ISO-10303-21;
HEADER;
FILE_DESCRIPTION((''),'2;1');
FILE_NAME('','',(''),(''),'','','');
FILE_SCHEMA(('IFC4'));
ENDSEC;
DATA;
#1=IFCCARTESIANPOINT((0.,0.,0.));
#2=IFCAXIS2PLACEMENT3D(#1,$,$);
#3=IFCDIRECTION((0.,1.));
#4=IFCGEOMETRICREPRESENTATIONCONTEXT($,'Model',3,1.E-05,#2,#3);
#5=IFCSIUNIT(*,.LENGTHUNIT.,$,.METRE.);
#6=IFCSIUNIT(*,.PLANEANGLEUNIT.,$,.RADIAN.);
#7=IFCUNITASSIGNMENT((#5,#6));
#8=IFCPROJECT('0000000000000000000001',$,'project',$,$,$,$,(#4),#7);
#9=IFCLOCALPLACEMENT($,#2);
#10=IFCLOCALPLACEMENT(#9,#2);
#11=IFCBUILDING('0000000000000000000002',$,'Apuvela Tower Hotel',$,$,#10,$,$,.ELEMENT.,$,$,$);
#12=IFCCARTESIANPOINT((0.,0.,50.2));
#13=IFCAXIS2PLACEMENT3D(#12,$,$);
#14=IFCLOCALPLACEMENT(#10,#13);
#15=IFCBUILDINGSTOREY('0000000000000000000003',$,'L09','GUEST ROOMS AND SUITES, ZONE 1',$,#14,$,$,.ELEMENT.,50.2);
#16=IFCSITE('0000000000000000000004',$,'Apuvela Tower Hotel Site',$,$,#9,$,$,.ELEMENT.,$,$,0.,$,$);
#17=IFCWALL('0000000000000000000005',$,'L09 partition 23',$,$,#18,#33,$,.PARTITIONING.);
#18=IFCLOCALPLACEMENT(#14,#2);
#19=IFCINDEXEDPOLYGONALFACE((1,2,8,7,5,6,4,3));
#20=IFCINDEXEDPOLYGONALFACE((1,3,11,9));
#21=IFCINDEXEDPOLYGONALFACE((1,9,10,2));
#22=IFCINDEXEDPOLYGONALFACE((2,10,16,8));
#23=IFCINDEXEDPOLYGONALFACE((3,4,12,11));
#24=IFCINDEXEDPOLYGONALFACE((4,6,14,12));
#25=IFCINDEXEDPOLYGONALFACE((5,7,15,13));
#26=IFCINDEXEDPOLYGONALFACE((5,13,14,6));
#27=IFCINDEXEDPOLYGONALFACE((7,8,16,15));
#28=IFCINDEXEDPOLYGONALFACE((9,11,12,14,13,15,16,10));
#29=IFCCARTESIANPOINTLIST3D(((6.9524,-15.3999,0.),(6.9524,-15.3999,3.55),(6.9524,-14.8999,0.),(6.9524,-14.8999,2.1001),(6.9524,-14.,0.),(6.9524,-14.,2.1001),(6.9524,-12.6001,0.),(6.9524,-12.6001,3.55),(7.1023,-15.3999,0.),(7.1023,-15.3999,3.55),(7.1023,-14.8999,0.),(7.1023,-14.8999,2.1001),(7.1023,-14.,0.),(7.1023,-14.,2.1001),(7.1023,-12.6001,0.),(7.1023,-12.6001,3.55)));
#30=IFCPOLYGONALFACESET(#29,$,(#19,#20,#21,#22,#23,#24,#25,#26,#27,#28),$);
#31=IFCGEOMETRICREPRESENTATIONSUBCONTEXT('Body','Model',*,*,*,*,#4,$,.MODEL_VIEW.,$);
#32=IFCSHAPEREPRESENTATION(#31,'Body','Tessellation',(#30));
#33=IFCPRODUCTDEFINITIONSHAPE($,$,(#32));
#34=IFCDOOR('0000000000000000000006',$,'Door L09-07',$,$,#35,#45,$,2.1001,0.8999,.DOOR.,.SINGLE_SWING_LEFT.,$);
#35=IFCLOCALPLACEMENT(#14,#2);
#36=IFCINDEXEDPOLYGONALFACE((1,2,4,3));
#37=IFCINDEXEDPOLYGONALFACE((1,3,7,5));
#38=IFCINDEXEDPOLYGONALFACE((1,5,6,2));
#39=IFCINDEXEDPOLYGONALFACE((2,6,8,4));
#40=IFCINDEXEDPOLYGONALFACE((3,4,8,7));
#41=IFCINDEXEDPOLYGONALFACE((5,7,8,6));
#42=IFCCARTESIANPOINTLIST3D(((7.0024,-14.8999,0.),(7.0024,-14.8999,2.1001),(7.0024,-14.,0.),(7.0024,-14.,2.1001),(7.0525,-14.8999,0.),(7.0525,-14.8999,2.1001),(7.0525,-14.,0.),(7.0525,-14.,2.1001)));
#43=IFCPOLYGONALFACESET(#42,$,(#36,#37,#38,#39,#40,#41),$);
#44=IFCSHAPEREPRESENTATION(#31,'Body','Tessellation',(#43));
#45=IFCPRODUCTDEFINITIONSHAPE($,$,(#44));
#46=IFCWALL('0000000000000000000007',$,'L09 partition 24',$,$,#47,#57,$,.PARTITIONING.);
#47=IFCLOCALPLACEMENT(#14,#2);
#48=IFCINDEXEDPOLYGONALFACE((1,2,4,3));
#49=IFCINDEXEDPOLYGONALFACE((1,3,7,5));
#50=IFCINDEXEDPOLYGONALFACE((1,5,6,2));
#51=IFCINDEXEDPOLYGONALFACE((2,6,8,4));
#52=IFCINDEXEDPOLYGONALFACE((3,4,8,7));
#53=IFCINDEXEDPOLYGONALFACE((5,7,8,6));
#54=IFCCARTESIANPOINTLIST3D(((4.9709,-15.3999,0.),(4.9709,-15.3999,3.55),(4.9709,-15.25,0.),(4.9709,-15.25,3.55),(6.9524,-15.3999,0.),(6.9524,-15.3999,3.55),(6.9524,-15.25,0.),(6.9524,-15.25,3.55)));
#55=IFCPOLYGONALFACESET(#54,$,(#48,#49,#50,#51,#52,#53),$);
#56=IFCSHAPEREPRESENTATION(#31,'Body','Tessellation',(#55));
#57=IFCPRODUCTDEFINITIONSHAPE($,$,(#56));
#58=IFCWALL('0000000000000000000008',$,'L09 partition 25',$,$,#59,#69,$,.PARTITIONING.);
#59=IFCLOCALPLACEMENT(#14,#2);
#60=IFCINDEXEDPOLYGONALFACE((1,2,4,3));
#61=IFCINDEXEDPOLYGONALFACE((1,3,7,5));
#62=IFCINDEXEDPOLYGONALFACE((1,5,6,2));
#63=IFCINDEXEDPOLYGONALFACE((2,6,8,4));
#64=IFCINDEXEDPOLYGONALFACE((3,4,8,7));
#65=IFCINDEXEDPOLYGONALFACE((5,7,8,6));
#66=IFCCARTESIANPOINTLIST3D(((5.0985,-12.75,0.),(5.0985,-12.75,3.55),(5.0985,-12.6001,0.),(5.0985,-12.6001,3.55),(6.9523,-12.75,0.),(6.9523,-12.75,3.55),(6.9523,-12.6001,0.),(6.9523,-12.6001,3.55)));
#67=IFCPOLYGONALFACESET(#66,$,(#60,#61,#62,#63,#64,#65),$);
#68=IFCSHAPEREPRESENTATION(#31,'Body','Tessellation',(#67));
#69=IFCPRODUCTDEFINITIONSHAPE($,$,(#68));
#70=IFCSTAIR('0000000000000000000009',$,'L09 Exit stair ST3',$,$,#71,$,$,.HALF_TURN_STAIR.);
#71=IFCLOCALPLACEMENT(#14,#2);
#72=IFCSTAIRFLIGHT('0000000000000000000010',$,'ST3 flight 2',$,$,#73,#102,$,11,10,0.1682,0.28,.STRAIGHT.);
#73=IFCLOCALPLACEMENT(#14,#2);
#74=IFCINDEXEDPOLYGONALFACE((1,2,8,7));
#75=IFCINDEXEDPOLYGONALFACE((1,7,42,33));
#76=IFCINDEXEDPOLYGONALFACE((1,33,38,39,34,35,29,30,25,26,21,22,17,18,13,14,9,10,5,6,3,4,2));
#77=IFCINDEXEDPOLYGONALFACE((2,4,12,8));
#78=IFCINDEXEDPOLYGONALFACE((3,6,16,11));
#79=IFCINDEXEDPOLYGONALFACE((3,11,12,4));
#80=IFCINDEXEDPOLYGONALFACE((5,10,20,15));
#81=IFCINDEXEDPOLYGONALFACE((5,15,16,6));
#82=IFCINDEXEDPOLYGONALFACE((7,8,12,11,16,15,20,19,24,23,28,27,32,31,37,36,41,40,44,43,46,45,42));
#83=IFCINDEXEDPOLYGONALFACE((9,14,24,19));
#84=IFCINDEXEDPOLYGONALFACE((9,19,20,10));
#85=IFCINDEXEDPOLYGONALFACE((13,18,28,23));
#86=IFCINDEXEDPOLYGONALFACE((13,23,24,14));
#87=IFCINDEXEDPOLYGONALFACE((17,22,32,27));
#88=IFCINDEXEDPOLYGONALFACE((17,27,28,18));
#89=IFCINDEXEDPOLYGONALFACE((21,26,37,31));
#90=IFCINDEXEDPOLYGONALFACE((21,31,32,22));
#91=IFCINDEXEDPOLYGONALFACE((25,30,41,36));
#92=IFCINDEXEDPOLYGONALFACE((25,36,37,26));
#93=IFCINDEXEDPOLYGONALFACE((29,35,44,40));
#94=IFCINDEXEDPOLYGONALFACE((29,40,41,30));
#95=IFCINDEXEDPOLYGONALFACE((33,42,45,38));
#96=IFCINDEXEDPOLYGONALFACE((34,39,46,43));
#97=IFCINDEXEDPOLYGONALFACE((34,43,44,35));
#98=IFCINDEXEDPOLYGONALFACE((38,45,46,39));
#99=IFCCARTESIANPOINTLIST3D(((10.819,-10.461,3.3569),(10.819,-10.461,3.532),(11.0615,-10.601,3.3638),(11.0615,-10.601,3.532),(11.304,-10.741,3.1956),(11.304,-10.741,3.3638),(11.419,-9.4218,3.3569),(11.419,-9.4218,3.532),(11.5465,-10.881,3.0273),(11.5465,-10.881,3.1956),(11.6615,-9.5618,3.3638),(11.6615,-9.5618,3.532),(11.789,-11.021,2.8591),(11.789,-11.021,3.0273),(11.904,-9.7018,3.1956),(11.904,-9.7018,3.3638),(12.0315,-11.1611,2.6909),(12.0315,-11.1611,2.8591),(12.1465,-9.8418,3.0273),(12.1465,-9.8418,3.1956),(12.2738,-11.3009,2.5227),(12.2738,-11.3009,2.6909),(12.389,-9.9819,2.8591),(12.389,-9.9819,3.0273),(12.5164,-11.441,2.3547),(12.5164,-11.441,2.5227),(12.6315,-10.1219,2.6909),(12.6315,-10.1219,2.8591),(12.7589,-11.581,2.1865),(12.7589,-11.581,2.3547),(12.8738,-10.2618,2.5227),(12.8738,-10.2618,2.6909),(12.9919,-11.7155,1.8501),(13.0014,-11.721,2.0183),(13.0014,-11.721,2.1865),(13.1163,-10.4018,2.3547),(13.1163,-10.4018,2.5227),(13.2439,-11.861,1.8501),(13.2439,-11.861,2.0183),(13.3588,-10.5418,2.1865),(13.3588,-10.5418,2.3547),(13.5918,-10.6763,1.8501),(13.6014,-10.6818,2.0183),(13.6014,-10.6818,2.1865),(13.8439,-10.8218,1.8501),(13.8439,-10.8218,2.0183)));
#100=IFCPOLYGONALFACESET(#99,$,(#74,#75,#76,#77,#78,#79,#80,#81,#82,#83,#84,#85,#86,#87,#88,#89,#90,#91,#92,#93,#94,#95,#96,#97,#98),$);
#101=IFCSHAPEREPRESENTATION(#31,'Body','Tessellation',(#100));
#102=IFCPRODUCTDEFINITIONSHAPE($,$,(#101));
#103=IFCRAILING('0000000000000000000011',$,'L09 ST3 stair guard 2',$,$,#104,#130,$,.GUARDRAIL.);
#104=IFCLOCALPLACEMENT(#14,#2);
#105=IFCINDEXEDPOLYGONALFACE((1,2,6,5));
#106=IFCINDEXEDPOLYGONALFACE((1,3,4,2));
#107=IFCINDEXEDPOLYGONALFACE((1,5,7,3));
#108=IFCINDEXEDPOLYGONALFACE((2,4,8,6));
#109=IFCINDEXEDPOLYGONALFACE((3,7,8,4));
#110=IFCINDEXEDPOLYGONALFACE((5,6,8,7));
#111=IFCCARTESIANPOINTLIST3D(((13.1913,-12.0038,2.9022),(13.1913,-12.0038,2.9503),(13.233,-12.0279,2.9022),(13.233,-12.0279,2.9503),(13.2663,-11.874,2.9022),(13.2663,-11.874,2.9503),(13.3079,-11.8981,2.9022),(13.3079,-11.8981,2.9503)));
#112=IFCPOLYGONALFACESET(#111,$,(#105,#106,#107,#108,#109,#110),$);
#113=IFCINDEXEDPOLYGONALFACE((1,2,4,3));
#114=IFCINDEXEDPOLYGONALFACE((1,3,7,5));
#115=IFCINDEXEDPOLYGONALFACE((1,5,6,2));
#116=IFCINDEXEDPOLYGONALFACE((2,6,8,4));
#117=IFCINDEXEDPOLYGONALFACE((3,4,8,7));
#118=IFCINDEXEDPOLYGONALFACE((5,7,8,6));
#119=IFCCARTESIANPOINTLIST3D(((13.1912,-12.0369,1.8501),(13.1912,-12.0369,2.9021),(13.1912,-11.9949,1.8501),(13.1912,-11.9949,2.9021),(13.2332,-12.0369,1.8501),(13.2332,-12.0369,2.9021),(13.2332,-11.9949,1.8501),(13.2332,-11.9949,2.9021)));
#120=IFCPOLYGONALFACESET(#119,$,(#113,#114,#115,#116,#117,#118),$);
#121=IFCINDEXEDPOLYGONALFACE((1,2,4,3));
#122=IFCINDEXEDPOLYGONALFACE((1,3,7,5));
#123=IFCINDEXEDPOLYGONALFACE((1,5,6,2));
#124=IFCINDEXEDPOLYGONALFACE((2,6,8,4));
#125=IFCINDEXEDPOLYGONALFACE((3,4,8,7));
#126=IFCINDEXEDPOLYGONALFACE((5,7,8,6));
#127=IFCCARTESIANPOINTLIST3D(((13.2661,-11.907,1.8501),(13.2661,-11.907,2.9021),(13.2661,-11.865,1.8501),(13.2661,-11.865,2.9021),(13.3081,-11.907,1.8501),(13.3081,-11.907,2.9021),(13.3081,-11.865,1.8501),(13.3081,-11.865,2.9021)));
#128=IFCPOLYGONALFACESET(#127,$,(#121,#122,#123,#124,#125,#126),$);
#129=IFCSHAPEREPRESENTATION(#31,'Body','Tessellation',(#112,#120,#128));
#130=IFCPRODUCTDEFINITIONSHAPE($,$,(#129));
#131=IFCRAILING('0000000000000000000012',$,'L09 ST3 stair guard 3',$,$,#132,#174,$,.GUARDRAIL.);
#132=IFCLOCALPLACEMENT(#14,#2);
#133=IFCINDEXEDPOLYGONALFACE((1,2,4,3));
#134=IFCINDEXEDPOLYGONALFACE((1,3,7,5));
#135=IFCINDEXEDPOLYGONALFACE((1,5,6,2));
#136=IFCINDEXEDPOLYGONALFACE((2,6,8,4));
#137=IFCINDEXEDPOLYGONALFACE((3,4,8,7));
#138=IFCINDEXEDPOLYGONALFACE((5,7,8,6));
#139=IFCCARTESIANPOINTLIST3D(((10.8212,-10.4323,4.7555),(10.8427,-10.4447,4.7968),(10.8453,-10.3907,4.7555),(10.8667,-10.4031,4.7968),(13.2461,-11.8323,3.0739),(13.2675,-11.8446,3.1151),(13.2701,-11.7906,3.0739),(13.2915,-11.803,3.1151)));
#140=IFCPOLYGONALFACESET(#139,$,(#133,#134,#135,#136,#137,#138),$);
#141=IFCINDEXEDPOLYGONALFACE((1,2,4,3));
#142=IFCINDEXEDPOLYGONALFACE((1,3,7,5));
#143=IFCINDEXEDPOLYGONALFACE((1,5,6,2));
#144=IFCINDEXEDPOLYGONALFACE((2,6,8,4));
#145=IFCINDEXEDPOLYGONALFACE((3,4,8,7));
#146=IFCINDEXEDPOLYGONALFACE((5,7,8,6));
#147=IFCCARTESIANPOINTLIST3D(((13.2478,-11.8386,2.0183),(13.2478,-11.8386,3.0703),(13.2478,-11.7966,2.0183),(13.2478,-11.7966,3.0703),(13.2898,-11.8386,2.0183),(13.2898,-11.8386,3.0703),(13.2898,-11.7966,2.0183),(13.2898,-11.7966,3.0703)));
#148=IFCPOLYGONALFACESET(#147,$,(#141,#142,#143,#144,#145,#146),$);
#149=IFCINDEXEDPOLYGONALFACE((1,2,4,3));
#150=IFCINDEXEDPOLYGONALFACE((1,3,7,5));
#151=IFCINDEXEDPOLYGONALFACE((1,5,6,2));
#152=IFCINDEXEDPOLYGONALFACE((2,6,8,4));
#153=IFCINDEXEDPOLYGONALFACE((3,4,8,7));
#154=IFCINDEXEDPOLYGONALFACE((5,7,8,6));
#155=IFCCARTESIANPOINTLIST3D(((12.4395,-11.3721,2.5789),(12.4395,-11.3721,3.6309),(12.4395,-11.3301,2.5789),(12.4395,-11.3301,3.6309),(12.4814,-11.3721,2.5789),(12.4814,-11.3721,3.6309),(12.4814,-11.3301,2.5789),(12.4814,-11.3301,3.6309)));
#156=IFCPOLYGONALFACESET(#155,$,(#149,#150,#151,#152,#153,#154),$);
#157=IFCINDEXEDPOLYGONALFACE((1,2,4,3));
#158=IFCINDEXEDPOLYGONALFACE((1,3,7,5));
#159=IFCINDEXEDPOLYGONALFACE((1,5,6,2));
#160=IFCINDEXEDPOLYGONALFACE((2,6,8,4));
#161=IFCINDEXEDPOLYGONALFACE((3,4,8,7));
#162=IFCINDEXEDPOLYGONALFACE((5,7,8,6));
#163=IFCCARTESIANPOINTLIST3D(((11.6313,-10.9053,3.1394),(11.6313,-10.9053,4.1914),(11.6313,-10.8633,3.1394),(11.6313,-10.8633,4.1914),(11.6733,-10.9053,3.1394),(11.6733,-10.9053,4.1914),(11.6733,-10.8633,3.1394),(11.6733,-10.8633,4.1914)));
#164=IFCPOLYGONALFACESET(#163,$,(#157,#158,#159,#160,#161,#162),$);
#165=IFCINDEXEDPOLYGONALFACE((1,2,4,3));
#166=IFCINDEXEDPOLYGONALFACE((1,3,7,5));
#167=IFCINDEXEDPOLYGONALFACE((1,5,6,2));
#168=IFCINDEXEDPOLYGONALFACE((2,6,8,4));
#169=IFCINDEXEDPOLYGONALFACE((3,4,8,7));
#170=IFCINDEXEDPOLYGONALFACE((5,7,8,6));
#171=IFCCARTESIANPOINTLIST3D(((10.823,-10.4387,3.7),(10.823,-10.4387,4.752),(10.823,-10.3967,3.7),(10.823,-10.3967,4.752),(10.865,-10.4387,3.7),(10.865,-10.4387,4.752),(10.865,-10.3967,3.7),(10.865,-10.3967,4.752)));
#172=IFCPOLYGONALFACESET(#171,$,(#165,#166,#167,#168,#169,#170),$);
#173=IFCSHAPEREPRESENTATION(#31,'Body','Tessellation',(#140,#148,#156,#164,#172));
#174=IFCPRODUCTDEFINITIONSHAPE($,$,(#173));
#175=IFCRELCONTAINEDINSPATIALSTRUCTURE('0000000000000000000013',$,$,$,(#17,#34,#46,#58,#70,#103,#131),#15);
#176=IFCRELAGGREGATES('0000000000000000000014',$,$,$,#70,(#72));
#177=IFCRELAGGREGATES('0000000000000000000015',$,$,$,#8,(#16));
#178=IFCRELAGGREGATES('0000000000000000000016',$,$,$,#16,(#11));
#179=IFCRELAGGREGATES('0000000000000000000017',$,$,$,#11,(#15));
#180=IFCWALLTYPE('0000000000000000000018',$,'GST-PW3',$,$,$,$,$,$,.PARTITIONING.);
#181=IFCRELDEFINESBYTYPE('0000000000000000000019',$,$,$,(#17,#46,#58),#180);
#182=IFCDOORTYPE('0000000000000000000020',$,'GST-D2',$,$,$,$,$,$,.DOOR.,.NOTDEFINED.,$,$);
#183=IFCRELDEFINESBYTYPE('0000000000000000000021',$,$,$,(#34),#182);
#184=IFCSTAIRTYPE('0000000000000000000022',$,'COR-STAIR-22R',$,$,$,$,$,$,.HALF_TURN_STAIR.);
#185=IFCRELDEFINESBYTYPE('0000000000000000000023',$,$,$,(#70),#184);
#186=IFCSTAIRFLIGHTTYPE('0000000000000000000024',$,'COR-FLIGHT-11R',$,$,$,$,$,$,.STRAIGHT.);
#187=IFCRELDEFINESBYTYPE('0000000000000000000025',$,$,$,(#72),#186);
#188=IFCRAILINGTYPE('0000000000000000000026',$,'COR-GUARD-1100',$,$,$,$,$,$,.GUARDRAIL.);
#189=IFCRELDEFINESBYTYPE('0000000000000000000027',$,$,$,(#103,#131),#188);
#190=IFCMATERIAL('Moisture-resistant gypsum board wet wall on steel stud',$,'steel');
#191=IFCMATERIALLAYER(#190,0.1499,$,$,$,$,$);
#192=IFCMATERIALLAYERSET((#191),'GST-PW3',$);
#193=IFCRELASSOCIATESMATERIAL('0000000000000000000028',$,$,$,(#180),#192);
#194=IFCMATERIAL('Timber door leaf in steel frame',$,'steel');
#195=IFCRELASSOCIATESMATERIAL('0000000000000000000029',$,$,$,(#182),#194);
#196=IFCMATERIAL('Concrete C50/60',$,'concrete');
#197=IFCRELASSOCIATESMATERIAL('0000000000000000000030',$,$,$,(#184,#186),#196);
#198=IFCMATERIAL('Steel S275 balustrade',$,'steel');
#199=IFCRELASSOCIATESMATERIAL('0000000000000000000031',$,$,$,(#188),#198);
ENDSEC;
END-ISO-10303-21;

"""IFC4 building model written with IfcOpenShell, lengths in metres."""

from ifc_helpers import new_model, si_unit, direction, frame, frame_2d, origin, origin_2d, place, context, subcontext, project, spatial, polyline, rectangle, outline, extrude, material, layer, layer_set, type_object, element, fill, aggregate, save


model = new_model("IFC4")

# Units and contexts
model_context = context("Model", 3, precision=1e-05, world=origin(), true_north=direction((0.0, 1.0)))
body_context = subcontext(model_context, "Body", "Model", "MODEL_VIEW")
ifc_project = project(units=[si_unit("LENGTHUNIT", "METRE"), si_unit("PLANEANGLEUNIT", "RADIAN")], contexts=[model_context])

# Site, building, storey
site_placement = place(None, origin())
site = spatial("IfcSite", under=ifc_project, at=site_placement, Name="Apuvela Tower Hotel Site", CompositionType="ELEMENT", RefElevation=0.0)
building_placement = place(site_placement, origin())
building = spatial("IfcBuilding", under=site, at=building_placement, Name="Apuvela Tower Hotel", CompositionType="ELEMENT")
storey_placement = place(building_placement, frame((0.0, 0.0, 50.2)))
storey = spatial("IfcBuildingStorey", under=building, at=storey_placement, Name="L09", Description="GUEST ROOMS AND SUITES, ZONE 1", CompositionType="ELEMENT", Elevation=50.2)

# Wall, opening, door
ifc_material_1 = material(Name="Moisture-resistant gypsum board wet wall on steel stud", Category="steel")
ifc_layer_1 = layer(ifc_material_1, 0.1499)
ifc_layer_set_1 = layer_set([ifc_layer_1], Name="GST-PW3")
wall_type_1 = type_object("IfcWallType", Name="GST-PW3", PredefinedType="PARTITIONING", material=ifc_layer_set_1)
wall_1_placement = place(storey_placement, frame((7.0273, -15.3999, 0.0), z_axis=(0.0, 0.0, 1.0), x_axis=(0.0, 1.0, 0.0)))
wall_1 = element("IfcWall", 1, at=wall_1_placement, inside=storey, type_object=wall_type_1, Name="L09 partition 23", PredefinedType="PARTITIONING", context=body_context, shape_type="SweptSolid", body=[
    extrude(rectangle(XDim=2.7998, YDim=0.1499, at=frame_2d((1.3999, 0.0))), origin(), (0.0, 0.0, 1.0), 3.55),
])
opening_1_placement = place(wall_1_placement, frame((0.5, 0.0, 0.0)))
opening_1 = element("IfcOpeningElement", 2, at=opening_1_placement, cuts=wall_1, PredefinedType="OPENING", context=body_context, shape_type="SweptSolid", body=[
    extrude(rectangle(XDim=0.8999, YDim=2.1001, at=frame_2d((0.45, 1.05))), frame((0.0, 0.085, 0.0), z_axis=(0.0, -1.0, 0.0), x_axis=(1.0, 0.0, 0.0)), (0.0, 0.0, 1.0), 0.1699),
])
ifc_material_2 = material(Name="Timber door leaf in steel frame", Category="steel")
door_type_1 = type_object("IfcDoorType", Name="GST-D2", OperationType="NOTDEFINED", PredefinedType="DOOR", material=ifc_material_2)
door_1_placement = place(opening_1_placement, origin())
door_1 = element("IfcDoor", 3, at=door_1_placement, inside=storey, type_object=door_type_1, Name="Door L09-07", OperationType="SINGLE_SWING_LEFT", OverallHeight=2.1001, OverallWidth=0.8999, PredefinedType="DOOR", context=body_context, shape_type="SweptSolid", body=[
    extrude(rectangle(XDim=0.8999, YDim=2.1001, at=frame_2d((0.45, 1.05))), frame((0.0, 0.0249, 0.0), z_axis=(0.0, -1.0, 0.0), x_axis=(1.0, 0.0, 0.0)), (0.0, 0.0, 1.0), 0.05),
])
fill(opening_1, door_1)

# Walls
wall_2_placement = place(storey_placement, frame((4.9709, -15.325, 0.0), z_axis=(0.0, 0.0, 1.0), x_axis=(1.0, 0.0, 0.0)))
element("IfcWall", 4, at=wall_2_placement, inside=storey, type_object=wall_type_1, Name="L09 partition 24", PredefinedType="PARTITIONING", context=body_context, shape_type="SweptSolid", body=[
    extrude(rectangle(XDim=1.9814, YDim=0.1499, at=frame_2d((0.9907, 0.0))), origin(), (0.0, 0.0, 1.0), 3.55),
])
wall_3_placement = place(storey_placement, frame((5.0986, -12.675, 0.0), z_axis=(0.0, 0.0, 1.0), x_axis=(1.0, 0.0, 0.0)))
element("IfcWall", 5, at=wall_3_placement, inside=storey, type_object=wall_type_1, Name="L09 partition 25", PredefinedType="PARTITIONING", context=body_context, shape_type="SweptSolid", body=[
    extrude(rectangle(XDim=1.8538, YDim=0.1499, at=frame_2d((0.9268, 0.0))), origin(), (0.0, 0.0, 1.0), 3.55),
])

# Stair, stair flight
ifc_material_3 = material(Name="Concrete C50/60", Category="concrete")
stair_type = type_object("IfcStairType", Name="COR-STAIR-22R", PredefinedType="HALF_TURN_STAIR", material=ifc_material_3)
stair_placement = place(storey_placement, origin())
stair = element("IfcStair", 6, at=stair_placement, inside=storey, type_object=stair_type, Name="L09 Exit stair ST3", PredefinedType="HALF_TURN_STAIR")
stair_flight_type = type_object("IfcStairFlightType", Name="COR-FLIGHT-11R", PredefinedType="STRAIGHT", material=ifc_material_3)
stair_flight_placement = place(storey_placement, frame((13.5439, -11.3413, 1.8501), z_axis=(0.0, 0.0, 1.0), x_axis=(-0.866025, 0.5, 0.0)))
stair_flight = element("IfcStairFlight", 7, at=stair_flight_placement, type_object=stair_flight_type, Name="ST3 flight 2", NumberOfRisers=11, NumberOfTreads=10, PredefinedType="STRAIGHT", RiserHeight=0.1682, TreadLength=0.28, context=body_context, shape_type="SweptSolid", body=[
    extrude(outline(polyline([(0.0, 0.0), (0.0, 0.1682), (0.28, 0.1682), (0.28, 0.3364), (0.5601, 0.3364), (0.5601, 0.5046), (0.8401, 0.5046), (0.8401, 0.6726), (1.1201, 0.6726), (1.1201, 0.8408), (1.3999, 0.8408), (1.3999, 1.009), (1.6799, 1.009), (1.6799, 1.1772), (1.96, 1.1772), (1.96, 1.3455), (2.24, 1.3455), (2.24, 1.5137), (2.52, 1.5137), (2.52, 1.6819), (2.8, 1.6819), (2.8, 1.8501), (2.8, 1.5068), (0.291, 0.0), (0.0, 0.0)])), frame((0.0, 0.6001, 0.0), z_axis=(0.0, -1.0, 0.0), x_axis=(1.0, 0.0, 0.0)), (0.0, 0.0, 1.0), 1.2),
])
aggregate(stair, [stair_flight])

# Railings
ifc_material_4 = material(Name="Steel S275 balustrade", Category="steel")
railing_type_1 = type_object("IfcRailingType", Name="COR-GUARD-1100", PredefinedType="GUARDRAIL", material=ifc_material_4)
railing_1_placement = place(storey_placement, frame((13.2122, -12.0159, 1.8501)))
element("IfcRailing", 8, at=railing_1_placement, inside=storey, type_object=railing_type_1, Name="L09 ST3 stair guard 2", PredefinedType="GUARDRAIL", context=body_context, shape_type="SweptSolid", body=[
    extrude(rectangle(XDim=0.0481, YDim=0.0481, at=origin_2d()), frame((0.0, 0.0, 1.0762), z_axis=(0.499816, 0.866131, 0.0), x_axis=(-0.866131, 0.499816, 0.0)), (0.0, 0.0, 1.0), 0.1499),
    extrude(rectangle(XDim=0.042, YDim=0.042, at=origin_2d()), origin(), (0.0, 0.0, 1.0), 1.052),
    extrude(rectangle(XDim=0.042, YDim=0.042, at=origin_2d()), frame((0.075, 0.1299, 0.0)), (0.0, 0.0, 1.0), 1.052),
])
railing_2_placement = place(storey_placement, frame((13.2688, -11.8176, 2.0183)))
element("IfcRailing", 9, at=railing_2_placement, inside=storey, type_object=railing_type_1, Name="L09 ST3 stair guard 3", PredefinedType="GUARDRAIL", context=body_context, shape_type="SweptSolid", body=[
    extrude(rectangle(XDim=0.0481, YDim=0.0481, at=origin_2d()), frame((0.0, 0.0, 1.0762), z_axis=(-0.742419, 0.428618, 0.514879), x_axis=(-0.499984, -0.866035, 0.0)), (0.0, 0.0, 1.0), 3.2661),
    extrude(rectangle(XDim=0.042, YDim=0.042, at=origin_2d()), origin(), (0.0, 0.0, 1.0), 1.052),
    extrude(rectangle(XDim=0.042, YDim=0.042, at=origin_2d()), frame((-0.8083, 0.4666, 0.5605)), (0.0, 0.0, 1.0), 1.052),
    extrude(rectangle(XDim=0.042, YDim=0.042, at=origin_2d()), frame((-1.6165, 0.9333, 1.1211)), (0.0, 0.0, 1.0), 1.052),
    extrude(rectangle(XDim=0.042, YDim=0.042, at=origin_2d()), frame((-2.4248, 1.3999, 1.6816)), (0.0, 0.0, 1.0), 1.052),
])

save(model, "model.ifc")
